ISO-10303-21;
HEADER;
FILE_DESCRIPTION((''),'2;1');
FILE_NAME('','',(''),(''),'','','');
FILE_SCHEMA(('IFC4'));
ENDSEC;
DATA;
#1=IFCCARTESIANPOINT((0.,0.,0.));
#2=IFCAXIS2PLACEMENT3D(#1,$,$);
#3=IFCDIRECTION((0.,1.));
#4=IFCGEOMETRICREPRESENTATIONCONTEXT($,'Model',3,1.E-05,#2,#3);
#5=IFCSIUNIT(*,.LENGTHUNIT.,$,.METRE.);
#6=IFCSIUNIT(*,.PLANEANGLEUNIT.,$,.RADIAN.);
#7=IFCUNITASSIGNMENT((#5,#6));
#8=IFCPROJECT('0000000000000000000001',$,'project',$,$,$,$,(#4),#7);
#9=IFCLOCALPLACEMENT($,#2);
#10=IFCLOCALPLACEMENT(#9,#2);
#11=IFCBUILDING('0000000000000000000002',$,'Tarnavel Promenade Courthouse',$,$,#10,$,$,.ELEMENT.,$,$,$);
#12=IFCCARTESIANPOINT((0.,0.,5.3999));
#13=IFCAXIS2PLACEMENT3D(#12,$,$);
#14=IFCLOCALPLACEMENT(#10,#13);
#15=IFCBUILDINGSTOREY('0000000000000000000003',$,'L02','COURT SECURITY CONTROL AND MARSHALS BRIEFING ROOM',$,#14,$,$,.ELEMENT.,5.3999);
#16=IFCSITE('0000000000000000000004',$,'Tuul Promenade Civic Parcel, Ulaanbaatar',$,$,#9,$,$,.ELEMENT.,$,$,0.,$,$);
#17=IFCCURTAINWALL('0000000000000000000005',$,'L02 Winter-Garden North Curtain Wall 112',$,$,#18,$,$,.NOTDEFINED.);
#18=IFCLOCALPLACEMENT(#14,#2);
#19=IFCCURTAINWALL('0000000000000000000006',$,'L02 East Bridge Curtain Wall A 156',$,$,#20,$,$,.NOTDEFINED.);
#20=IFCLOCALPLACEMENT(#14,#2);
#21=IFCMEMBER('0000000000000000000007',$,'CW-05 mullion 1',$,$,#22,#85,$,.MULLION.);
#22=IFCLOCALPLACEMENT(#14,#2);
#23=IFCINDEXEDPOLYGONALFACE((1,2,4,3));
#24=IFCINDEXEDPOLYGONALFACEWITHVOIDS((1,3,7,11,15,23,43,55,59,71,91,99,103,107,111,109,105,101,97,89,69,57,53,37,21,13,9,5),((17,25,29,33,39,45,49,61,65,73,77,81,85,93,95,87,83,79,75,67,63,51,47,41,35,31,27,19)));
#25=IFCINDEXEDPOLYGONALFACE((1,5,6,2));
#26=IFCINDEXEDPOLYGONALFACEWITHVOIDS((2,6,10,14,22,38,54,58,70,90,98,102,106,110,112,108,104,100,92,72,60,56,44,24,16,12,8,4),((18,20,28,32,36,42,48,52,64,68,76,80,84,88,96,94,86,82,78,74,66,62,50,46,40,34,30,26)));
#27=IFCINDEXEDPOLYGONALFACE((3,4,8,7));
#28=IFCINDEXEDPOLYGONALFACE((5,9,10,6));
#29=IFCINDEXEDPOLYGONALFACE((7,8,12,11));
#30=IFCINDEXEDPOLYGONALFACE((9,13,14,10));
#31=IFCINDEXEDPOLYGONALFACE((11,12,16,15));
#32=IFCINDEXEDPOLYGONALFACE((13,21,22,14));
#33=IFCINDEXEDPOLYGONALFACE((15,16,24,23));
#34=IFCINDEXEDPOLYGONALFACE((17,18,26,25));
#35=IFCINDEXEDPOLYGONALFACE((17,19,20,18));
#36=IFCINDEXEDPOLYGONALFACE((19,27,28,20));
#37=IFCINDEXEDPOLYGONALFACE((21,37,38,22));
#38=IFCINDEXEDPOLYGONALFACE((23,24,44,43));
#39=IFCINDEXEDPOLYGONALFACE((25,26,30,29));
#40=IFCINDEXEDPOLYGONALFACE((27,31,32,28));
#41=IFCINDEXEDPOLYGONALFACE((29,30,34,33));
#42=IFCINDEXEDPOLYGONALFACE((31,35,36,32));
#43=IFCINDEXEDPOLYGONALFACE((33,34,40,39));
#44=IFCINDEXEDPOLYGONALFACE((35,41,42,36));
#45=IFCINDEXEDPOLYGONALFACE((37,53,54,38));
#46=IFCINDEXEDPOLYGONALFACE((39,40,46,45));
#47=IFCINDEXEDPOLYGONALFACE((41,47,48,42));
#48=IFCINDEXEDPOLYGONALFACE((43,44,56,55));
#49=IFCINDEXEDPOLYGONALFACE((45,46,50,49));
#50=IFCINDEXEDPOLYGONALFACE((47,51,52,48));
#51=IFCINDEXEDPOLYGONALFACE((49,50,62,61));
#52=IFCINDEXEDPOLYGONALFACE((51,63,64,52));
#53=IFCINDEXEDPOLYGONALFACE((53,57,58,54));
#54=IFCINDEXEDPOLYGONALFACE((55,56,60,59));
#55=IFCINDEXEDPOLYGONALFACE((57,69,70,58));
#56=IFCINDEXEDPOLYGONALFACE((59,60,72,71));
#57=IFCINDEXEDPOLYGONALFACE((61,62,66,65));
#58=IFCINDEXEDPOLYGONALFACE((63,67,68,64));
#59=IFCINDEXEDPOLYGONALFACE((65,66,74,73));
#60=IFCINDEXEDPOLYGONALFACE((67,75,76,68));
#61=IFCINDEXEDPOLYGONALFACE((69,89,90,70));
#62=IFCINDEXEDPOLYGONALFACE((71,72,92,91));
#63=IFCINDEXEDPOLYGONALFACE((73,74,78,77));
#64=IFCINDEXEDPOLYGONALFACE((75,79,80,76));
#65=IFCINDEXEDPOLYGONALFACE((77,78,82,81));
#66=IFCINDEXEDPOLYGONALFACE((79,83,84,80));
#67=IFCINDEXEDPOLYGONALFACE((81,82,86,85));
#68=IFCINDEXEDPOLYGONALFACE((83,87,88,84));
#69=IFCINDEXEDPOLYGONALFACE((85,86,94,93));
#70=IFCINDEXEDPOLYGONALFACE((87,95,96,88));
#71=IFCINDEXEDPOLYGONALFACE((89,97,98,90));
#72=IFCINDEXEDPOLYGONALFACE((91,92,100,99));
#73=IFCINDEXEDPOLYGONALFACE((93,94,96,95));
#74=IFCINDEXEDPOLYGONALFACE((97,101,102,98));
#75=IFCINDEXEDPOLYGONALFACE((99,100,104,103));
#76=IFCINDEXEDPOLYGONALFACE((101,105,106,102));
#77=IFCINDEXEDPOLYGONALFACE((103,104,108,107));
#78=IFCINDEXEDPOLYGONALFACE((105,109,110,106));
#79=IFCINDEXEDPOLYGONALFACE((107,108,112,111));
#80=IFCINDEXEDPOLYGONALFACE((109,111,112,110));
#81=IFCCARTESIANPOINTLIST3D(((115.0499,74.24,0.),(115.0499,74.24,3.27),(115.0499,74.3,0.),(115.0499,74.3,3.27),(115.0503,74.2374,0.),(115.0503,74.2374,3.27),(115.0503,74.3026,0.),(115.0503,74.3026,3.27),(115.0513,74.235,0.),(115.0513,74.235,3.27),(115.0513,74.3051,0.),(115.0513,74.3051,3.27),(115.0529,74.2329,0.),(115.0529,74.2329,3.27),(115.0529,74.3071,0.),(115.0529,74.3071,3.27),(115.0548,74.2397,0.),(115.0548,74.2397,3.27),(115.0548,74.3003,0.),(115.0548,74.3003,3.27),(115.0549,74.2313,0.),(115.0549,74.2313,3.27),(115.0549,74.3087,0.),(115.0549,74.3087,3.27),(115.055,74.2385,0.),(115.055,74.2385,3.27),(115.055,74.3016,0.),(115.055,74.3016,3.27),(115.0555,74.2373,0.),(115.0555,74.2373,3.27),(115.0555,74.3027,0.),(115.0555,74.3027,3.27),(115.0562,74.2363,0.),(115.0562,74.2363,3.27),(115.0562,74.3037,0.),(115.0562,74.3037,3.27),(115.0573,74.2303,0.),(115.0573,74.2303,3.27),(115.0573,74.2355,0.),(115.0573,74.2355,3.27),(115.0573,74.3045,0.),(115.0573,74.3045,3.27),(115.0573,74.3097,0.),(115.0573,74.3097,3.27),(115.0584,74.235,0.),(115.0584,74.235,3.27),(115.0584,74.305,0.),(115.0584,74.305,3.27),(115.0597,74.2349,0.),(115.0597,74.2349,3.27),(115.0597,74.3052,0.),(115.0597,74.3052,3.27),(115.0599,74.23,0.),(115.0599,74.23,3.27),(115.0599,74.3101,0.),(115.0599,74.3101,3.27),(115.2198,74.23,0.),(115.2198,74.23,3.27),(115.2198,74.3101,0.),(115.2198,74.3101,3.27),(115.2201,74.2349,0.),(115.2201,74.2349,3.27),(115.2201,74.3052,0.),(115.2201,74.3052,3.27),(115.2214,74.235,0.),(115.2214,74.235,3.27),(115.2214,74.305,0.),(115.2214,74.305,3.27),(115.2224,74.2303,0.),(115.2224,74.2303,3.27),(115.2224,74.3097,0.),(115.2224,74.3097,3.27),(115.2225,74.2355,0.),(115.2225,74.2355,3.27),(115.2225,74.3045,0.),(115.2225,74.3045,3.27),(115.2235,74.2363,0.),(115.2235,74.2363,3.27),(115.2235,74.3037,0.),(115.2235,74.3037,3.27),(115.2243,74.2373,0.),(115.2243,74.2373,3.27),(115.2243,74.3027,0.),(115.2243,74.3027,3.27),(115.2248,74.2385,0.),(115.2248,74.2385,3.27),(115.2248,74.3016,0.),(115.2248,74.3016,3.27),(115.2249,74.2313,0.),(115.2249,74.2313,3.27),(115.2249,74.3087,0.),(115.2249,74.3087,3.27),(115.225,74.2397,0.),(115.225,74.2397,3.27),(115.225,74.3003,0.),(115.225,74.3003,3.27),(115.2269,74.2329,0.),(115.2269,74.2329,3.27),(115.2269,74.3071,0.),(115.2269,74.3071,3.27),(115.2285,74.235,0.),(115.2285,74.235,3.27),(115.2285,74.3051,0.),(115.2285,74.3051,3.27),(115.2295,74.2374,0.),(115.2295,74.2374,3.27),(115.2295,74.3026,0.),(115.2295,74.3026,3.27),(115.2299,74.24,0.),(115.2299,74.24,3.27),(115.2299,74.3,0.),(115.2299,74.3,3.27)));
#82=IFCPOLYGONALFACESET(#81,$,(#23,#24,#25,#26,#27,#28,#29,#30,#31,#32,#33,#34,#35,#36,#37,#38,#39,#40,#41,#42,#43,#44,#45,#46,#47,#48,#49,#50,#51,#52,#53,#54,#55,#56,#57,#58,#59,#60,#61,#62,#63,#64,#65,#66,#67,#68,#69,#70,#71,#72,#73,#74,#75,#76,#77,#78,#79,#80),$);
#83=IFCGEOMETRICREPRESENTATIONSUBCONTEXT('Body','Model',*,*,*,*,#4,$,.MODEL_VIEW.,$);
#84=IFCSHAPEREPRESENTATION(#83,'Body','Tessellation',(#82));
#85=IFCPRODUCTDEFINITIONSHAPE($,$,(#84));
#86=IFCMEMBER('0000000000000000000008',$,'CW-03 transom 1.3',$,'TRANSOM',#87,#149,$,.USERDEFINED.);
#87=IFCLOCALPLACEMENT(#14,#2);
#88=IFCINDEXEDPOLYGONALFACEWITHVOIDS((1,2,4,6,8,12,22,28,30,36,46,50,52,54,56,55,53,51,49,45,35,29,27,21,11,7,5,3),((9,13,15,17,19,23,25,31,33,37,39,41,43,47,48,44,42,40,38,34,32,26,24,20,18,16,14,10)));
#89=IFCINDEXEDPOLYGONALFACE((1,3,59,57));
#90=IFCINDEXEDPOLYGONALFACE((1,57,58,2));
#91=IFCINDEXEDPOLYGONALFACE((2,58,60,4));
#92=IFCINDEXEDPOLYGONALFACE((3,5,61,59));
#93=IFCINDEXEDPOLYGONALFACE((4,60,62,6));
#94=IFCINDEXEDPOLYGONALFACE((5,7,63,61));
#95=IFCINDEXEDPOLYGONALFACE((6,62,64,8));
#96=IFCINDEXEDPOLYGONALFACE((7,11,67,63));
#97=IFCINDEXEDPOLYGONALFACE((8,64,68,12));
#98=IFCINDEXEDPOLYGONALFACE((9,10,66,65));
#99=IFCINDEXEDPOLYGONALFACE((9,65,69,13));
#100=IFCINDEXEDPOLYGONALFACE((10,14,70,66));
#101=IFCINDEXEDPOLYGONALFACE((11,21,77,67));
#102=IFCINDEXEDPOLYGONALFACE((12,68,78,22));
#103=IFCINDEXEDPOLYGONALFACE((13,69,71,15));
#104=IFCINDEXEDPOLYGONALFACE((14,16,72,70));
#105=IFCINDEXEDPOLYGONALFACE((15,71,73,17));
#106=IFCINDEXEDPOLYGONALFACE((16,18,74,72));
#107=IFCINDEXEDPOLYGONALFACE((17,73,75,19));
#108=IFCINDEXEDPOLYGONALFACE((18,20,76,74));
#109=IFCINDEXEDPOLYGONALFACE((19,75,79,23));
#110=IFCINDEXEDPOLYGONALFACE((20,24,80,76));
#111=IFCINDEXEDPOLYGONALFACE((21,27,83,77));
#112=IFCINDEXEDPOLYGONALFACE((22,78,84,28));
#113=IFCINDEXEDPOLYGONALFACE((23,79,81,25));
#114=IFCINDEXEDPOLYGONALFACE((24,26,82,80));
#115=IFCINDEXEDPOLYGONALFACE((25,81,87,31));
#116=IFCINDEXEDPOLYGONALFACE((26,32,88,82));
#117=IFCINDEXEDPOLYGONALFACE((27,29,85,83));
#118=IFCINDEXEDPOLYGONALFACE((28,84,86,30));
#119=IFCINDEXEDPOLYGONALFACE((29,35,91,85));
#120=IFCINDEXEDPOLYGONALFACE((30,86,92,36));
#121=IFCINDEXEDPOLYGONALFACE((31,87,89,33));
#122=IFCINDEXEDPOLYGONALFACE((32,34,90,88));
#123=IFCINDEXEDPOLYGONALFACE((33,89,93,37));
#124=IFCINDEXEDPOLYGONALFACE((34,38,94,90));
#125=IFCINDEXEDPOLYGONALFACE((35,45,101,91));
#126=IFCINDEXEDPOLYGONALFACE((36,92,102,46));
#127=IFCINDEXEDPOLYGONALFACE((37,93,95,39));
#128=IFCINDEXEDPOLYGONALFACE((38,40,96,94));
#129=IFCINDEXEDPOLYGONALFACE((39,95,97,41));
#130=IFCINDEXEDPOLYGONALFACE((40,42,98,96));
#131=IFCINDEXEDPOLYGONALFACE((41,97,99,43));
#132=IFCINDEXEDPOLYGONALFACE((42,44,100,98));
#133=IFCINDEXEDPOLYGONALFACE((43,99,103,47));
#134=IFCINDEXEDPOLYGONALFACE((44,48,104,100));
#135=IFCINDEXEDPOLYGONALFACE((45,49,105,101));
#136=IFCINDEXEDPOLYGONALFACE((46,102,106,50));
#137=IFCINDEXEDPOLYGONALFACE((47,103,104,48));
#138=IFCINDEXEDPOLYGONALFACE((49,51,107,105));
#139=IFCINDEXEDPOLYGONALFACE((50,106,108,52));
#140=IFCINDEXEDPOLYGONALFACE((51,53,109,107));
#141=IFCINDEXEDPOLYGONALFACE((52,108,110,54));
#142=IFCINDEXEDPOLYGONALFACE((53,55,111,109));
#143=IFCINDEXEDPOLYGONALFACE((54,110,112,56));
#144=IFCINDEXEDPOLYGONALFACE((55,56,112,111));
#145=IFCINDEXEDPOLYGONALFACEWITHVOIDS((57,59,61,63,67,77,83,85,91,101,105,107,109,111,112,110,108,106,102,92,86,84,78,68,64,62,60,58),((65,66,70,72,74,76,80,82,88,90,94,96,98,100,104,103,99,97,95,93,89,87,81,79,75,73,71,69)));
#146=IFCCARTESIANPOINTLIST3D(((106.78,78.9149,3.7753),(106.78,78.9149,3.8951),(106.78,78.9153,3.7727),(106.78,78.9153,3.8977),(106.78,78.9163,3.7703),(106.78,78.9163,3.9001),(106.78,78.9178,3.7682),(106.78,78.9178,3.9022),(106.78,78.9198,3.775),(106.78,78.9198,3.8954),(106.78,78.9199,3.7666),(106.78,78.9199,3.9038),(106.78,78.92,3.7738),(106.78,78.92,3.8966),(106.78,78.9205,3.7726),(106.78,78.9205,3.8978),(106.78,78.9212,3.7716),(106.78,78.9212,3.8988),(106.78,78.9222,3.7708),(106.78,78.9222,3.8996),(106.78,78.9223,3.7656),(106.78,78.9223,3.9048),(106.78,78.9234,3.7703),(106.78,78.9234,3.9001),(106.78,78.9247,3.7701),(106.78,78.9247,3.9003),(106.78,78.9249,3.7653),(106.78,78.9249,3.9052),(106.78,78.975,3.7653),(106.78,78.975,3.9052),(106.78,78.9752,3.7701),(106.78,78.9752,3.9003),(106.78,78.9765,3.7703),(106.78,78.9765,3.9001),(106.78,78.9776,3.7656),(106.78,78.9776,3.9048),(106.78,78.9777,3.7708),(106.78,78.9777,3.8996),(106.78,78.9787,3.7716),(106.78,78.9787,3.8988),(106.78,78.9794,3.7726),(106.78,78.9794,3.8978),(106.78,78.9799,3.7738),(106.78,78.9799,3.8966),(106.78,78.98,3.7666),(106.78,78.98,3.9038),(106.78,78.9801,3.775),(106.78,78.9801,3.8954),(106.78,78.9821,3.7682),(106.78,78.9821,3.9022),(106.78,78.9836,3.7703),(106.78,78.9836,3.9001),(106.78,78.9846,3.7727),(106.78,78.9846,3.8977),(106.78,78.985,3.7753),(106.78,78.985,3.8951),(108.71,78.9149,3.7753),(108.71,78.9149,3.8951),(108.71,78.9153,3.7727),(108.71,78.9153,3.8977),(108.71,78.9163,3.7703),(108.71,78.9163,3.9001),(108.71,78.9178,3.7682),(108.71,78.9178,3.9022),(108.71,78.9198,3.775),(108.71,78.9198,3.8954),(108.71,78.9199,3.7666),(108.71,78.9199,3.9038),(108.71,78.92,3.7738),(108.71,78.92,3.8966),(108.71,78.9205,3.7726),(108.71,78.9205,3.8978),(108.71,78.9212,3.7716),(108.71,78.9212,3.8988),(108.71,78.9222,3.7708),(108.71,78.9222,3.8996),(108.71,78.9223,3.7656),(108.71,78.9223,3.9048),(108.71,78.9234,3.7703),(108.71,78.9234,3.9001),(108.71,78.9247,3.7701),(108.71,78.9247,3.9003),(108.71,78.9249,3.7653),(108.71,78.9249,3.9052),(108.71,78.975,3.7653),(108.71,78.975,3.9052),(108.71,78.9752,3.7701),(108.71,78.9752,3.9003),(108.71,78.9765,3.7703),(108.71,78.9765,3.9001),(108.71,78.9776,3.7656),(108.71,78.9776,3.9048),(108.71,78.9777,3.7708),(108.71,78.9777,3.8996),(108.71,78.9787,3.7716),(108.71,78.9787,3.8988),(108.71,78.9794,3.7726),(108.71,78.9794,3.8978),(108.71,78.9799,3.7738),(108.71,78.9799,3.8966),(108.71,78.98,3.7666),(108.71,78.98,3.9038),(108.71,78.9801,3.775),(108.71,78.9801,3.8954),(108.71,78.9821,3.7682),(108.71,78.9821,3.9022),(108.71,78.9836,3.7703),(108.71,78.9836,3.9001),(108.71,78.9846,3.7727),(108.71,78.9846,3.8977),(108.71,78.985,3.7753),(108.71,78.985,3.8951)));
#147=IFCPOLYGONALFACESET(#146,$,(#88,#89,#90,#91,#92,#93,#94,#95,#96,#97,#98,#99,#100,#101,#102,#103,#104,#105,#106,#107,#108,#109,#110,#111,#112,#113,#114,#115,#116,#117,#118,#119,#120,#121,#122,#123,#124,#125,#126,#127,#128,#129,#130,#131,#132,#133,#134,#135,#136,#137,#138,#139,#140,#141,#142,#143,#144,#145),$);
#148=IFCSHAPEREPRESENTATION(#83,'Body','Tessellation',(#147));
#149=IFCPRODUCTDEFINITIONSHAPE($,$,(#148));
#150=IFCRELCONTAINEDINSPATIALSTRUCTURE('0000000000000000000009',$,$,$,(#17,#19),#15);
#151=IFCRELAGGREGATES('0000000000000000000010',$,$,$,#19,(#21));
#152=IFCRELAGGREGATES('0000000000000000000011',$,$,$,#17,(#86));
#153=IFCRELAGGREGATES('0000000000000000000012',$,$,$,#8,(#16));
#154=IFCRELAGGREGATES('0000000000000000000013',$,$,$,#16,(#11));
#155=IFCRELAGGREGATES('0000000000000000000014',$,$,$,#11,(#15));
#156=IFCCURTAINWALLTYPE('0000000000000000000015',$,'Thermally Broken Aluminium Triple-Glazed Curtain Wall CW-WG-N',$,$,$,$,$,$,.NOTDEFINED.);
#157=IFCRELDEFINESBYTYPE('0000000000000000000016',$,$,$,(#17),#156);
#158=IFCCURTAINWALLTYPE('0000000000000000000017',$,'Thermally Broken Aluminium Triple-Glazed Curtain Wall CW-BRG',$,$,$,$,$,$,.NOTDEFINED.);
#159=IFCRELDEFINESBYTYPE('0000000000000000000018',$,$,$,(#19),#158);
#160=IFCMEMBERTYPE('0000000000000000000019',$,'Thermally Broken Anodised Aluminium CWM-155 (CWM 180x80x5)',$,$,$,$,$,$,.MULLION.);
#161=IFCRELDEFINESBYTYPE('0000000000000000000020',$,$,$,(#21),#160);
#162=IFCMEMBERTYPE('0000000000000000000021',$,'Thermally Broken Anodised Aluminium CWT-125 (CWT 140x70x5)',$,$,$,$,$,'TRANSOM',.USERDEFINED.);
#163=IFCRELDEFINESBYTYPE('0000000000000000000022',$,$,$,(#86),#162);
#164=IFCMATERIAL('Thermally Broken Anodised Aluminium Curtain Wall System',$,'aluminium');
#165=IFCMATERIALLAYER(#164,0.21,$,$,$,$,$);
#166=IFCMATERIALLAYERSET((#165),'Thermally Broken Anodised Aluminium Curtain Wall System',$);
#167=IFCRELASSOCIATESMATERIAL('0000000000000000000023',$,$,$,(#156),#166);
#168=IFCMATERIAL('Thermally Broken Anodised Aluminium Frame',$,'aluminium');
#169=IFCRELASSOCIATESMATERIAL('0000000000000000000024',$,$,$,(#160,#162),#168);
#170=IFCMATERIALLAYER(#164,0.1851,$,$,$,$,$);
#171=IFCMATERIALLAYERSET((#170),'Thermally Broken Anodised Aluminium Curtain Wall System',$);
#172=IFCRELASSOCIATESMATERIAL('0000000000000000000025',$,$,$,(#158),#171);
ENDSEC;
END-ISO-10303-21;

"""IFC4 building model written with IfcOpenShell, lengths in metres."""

from ifc_helpers import new_model, si_unit, direction, frame, origin, origin_2d, place, context, subcontext, project, spatial, hollow_rectangle, extrude, material, layer, layer_set, material_profile, profile_set, type_object, element, aggregate, save


model = new_model("IFC4")

# Units and contexts
model_context = context("Model", 3, precision=1e-05, world=origin(), true_north=direction((0.0, 1.0)))
body_context = subcontext(model_context, "Body", "Model", "MODEL_VIEW")
ifc_project = project(units=[si_unit("LENGTHUNIT", "METRE"), si_unit("PLANEANGLEUNIT", "RADIAN")], contexts=[model_context])

# Site, building, storey
site_placement = place(None, origin())
site = spatial("IfcSite", under=ifc_project, at=site_placement, Name="Tuul Promenade Civic Parcel, Ulaanbaatar", CompositionType="ELEMENT", RefElevation=0.0)
building_placement = place(site_placement, origin())
building = spatial("IfcBuilding", under=site, at=building_placement, Name="Tarnavel Promenade Courthouse", CompositionType="ELEMENT")
storey_placement = place(building_placement, frame((0.0, 0.0, 5.3999)))
storey = spatial("IfcBuildingStorey", under=building, at=storey_placement, Name="L02", Description="COURT SECURITY CONTROL AND MARSHALS BRIEFING ROOM", CompositionType="ELEMENT", Elevation=5.3999)

# Curtain wall
ifc_material_1 = material(Name="Thermally Broken Anodised Aluminium Curtain Wall System", Category="aluminium")
ifc_layer_1 = layer(ifc_material_1, 0.21)
ifc_layer_set_1 = layer_set([ifc_layer_1], Name="Thermally Broken Anodised Aluminium Curtain Wall System")
curtain_wall_type_1 = type_object("IfcCurtainWallType", Name="Thermally Broken Aluminium Triple-Glazed Curtain Wall CW-WG-N", PredefinedType="NOTDEFINED", material=ifc_layer_set_1)
curtain_wall_1_placement = place(storey_placement, origin())
curtain_wall_1 = element("IfcCurtainWall", 1, at=curtain_wall_1_placement, inside=storey, type_object=curtain_wall_type_1, Name="L02 Winter-Garden North Curtain Wall 112", PredefinedType="NOTDEFINED")
ifc_material_2 = material(Name="Thermally Broken Anodised Aluminium Frame", Category="aluminium")
ifc_material_profile_1 = material_profile(ifc_material_2, hollow_rectangle(XDim=0.0801, YDim=0.1799, WallThickness=0.0049, InnerFilletRadius=0.0049, OuterFilletRadius=0.01, at=origin_2d()), Name="CWM 180x80x5")
ifc_profile_set_1 = profile_set([ifc_material_profile_1], Name="Thermally Broken Anodised Aluminium Frame")
member_type_1 = type_object("IfcMemberType", Name="Thermally Broken Anodised Aluminium CWM-155 (CWM 180x80x5)", PredefinedType="MULLION", material=ifc_profile_set_1)

# Curtain wall, member
ifc_layer_2 = layer(ifc_material_1, 0.1851)
ifc_layer_set_2 = layer_set([ifc_layer_2], Name="Thermally Broken Anodised Aluminium Curtain Wall System")
curtain_wall_type_2 = type_object("IfcCurtainWallType", Name="Thermally Broken Aluminium Triple-Glazed Curtain Wall CW-BRG", PredefinedType="NOTDEFINED", material=ifc_layer_set_2)
curtain_wall_2_placement = place(storey_placement, origin())
curtain_wall_2 = element("IfcCurtainWall", 2, at=curtain_wall_2_placement, inside=storey, type_object=curtain_wall_type_2, Name="L02 East Bridge Curtain Wall A 156", PredefinedType="NOTDEFINED")
member_1_placement = place(storey_placement, frame((115.1399, 74.27, 0.0), z_axis=(0.0, 0.0, 1.0), x_axis=(0.0, 1.0, 0.0)))
member_1 = element("IfcMember", 3, at=member_1_placement, type_object=member_type_1, Name="CW-05 mullion 1", PredefinedType="MULLION", context=body_context, shape_type="SweptSolid", body=[
    extrude(hollow_rectangle(XDim=0.0801, YDim=0.1799, WallThickness=0.0049, InnerFilletRadius=0.0049, OuterFilletRadius=0.01, at=origin_2d()), origin(), (0.0, 0.0, 1.0), 3.27),
])
aggregate(curtain_wall_2, [member_1])

# Member
ifc_material_profile_2 = material_profile(ifc_material_2, hollow_rectangle(XDim=0.0701, YDim=0.1399, WallThickness=0.0049, InnerFilletRadius=0.0049, OuterFilletRadius=0.01, at=origin_2d()), Name="CWT 140x70x5")
ifc_profile_set_2 = profile_set([ifc_material_profile_2], Name="Thermally Broken Anodised Aluminium Frame")
member_type_2 = type_object("IfcMemberType", Name="Thermally Broken Anodised Aluminium CWT-125 (CWT 140x70x5)", ElementType="TRANSOM", PredefinedType="USERDEFINED", material=ifc_profile_set_2)
member_2_placement = place(storey_placement, frame((106.78, 78.95, 3.8352), z_axis=(1.0, 0.0, 0.0), x_axis=(0.0, 1.0, 0.0)))
member_2 = element("IfcMember", 4, at=member_2_placement, type_object=member_type_2, Name="CW-03 transom 1.3", ObjectType="TRANSOM", PredefinedType="USERDEFINED", context=body_context, shape_type="SweptSolid", body=[
    extrude(hollow_rectangle(XDim=0.0701, YDim=0.1399, WallThickness=0.0049, InnerFilletRadius=0.0049, OuterFilletRadius=0.01, at=origin_2d()), origin(), (0.0, 0.0, 1.0), 1.9299),
])

aggregate(curtain_wall_1, [member_2])

save(model, "model.ifc")
